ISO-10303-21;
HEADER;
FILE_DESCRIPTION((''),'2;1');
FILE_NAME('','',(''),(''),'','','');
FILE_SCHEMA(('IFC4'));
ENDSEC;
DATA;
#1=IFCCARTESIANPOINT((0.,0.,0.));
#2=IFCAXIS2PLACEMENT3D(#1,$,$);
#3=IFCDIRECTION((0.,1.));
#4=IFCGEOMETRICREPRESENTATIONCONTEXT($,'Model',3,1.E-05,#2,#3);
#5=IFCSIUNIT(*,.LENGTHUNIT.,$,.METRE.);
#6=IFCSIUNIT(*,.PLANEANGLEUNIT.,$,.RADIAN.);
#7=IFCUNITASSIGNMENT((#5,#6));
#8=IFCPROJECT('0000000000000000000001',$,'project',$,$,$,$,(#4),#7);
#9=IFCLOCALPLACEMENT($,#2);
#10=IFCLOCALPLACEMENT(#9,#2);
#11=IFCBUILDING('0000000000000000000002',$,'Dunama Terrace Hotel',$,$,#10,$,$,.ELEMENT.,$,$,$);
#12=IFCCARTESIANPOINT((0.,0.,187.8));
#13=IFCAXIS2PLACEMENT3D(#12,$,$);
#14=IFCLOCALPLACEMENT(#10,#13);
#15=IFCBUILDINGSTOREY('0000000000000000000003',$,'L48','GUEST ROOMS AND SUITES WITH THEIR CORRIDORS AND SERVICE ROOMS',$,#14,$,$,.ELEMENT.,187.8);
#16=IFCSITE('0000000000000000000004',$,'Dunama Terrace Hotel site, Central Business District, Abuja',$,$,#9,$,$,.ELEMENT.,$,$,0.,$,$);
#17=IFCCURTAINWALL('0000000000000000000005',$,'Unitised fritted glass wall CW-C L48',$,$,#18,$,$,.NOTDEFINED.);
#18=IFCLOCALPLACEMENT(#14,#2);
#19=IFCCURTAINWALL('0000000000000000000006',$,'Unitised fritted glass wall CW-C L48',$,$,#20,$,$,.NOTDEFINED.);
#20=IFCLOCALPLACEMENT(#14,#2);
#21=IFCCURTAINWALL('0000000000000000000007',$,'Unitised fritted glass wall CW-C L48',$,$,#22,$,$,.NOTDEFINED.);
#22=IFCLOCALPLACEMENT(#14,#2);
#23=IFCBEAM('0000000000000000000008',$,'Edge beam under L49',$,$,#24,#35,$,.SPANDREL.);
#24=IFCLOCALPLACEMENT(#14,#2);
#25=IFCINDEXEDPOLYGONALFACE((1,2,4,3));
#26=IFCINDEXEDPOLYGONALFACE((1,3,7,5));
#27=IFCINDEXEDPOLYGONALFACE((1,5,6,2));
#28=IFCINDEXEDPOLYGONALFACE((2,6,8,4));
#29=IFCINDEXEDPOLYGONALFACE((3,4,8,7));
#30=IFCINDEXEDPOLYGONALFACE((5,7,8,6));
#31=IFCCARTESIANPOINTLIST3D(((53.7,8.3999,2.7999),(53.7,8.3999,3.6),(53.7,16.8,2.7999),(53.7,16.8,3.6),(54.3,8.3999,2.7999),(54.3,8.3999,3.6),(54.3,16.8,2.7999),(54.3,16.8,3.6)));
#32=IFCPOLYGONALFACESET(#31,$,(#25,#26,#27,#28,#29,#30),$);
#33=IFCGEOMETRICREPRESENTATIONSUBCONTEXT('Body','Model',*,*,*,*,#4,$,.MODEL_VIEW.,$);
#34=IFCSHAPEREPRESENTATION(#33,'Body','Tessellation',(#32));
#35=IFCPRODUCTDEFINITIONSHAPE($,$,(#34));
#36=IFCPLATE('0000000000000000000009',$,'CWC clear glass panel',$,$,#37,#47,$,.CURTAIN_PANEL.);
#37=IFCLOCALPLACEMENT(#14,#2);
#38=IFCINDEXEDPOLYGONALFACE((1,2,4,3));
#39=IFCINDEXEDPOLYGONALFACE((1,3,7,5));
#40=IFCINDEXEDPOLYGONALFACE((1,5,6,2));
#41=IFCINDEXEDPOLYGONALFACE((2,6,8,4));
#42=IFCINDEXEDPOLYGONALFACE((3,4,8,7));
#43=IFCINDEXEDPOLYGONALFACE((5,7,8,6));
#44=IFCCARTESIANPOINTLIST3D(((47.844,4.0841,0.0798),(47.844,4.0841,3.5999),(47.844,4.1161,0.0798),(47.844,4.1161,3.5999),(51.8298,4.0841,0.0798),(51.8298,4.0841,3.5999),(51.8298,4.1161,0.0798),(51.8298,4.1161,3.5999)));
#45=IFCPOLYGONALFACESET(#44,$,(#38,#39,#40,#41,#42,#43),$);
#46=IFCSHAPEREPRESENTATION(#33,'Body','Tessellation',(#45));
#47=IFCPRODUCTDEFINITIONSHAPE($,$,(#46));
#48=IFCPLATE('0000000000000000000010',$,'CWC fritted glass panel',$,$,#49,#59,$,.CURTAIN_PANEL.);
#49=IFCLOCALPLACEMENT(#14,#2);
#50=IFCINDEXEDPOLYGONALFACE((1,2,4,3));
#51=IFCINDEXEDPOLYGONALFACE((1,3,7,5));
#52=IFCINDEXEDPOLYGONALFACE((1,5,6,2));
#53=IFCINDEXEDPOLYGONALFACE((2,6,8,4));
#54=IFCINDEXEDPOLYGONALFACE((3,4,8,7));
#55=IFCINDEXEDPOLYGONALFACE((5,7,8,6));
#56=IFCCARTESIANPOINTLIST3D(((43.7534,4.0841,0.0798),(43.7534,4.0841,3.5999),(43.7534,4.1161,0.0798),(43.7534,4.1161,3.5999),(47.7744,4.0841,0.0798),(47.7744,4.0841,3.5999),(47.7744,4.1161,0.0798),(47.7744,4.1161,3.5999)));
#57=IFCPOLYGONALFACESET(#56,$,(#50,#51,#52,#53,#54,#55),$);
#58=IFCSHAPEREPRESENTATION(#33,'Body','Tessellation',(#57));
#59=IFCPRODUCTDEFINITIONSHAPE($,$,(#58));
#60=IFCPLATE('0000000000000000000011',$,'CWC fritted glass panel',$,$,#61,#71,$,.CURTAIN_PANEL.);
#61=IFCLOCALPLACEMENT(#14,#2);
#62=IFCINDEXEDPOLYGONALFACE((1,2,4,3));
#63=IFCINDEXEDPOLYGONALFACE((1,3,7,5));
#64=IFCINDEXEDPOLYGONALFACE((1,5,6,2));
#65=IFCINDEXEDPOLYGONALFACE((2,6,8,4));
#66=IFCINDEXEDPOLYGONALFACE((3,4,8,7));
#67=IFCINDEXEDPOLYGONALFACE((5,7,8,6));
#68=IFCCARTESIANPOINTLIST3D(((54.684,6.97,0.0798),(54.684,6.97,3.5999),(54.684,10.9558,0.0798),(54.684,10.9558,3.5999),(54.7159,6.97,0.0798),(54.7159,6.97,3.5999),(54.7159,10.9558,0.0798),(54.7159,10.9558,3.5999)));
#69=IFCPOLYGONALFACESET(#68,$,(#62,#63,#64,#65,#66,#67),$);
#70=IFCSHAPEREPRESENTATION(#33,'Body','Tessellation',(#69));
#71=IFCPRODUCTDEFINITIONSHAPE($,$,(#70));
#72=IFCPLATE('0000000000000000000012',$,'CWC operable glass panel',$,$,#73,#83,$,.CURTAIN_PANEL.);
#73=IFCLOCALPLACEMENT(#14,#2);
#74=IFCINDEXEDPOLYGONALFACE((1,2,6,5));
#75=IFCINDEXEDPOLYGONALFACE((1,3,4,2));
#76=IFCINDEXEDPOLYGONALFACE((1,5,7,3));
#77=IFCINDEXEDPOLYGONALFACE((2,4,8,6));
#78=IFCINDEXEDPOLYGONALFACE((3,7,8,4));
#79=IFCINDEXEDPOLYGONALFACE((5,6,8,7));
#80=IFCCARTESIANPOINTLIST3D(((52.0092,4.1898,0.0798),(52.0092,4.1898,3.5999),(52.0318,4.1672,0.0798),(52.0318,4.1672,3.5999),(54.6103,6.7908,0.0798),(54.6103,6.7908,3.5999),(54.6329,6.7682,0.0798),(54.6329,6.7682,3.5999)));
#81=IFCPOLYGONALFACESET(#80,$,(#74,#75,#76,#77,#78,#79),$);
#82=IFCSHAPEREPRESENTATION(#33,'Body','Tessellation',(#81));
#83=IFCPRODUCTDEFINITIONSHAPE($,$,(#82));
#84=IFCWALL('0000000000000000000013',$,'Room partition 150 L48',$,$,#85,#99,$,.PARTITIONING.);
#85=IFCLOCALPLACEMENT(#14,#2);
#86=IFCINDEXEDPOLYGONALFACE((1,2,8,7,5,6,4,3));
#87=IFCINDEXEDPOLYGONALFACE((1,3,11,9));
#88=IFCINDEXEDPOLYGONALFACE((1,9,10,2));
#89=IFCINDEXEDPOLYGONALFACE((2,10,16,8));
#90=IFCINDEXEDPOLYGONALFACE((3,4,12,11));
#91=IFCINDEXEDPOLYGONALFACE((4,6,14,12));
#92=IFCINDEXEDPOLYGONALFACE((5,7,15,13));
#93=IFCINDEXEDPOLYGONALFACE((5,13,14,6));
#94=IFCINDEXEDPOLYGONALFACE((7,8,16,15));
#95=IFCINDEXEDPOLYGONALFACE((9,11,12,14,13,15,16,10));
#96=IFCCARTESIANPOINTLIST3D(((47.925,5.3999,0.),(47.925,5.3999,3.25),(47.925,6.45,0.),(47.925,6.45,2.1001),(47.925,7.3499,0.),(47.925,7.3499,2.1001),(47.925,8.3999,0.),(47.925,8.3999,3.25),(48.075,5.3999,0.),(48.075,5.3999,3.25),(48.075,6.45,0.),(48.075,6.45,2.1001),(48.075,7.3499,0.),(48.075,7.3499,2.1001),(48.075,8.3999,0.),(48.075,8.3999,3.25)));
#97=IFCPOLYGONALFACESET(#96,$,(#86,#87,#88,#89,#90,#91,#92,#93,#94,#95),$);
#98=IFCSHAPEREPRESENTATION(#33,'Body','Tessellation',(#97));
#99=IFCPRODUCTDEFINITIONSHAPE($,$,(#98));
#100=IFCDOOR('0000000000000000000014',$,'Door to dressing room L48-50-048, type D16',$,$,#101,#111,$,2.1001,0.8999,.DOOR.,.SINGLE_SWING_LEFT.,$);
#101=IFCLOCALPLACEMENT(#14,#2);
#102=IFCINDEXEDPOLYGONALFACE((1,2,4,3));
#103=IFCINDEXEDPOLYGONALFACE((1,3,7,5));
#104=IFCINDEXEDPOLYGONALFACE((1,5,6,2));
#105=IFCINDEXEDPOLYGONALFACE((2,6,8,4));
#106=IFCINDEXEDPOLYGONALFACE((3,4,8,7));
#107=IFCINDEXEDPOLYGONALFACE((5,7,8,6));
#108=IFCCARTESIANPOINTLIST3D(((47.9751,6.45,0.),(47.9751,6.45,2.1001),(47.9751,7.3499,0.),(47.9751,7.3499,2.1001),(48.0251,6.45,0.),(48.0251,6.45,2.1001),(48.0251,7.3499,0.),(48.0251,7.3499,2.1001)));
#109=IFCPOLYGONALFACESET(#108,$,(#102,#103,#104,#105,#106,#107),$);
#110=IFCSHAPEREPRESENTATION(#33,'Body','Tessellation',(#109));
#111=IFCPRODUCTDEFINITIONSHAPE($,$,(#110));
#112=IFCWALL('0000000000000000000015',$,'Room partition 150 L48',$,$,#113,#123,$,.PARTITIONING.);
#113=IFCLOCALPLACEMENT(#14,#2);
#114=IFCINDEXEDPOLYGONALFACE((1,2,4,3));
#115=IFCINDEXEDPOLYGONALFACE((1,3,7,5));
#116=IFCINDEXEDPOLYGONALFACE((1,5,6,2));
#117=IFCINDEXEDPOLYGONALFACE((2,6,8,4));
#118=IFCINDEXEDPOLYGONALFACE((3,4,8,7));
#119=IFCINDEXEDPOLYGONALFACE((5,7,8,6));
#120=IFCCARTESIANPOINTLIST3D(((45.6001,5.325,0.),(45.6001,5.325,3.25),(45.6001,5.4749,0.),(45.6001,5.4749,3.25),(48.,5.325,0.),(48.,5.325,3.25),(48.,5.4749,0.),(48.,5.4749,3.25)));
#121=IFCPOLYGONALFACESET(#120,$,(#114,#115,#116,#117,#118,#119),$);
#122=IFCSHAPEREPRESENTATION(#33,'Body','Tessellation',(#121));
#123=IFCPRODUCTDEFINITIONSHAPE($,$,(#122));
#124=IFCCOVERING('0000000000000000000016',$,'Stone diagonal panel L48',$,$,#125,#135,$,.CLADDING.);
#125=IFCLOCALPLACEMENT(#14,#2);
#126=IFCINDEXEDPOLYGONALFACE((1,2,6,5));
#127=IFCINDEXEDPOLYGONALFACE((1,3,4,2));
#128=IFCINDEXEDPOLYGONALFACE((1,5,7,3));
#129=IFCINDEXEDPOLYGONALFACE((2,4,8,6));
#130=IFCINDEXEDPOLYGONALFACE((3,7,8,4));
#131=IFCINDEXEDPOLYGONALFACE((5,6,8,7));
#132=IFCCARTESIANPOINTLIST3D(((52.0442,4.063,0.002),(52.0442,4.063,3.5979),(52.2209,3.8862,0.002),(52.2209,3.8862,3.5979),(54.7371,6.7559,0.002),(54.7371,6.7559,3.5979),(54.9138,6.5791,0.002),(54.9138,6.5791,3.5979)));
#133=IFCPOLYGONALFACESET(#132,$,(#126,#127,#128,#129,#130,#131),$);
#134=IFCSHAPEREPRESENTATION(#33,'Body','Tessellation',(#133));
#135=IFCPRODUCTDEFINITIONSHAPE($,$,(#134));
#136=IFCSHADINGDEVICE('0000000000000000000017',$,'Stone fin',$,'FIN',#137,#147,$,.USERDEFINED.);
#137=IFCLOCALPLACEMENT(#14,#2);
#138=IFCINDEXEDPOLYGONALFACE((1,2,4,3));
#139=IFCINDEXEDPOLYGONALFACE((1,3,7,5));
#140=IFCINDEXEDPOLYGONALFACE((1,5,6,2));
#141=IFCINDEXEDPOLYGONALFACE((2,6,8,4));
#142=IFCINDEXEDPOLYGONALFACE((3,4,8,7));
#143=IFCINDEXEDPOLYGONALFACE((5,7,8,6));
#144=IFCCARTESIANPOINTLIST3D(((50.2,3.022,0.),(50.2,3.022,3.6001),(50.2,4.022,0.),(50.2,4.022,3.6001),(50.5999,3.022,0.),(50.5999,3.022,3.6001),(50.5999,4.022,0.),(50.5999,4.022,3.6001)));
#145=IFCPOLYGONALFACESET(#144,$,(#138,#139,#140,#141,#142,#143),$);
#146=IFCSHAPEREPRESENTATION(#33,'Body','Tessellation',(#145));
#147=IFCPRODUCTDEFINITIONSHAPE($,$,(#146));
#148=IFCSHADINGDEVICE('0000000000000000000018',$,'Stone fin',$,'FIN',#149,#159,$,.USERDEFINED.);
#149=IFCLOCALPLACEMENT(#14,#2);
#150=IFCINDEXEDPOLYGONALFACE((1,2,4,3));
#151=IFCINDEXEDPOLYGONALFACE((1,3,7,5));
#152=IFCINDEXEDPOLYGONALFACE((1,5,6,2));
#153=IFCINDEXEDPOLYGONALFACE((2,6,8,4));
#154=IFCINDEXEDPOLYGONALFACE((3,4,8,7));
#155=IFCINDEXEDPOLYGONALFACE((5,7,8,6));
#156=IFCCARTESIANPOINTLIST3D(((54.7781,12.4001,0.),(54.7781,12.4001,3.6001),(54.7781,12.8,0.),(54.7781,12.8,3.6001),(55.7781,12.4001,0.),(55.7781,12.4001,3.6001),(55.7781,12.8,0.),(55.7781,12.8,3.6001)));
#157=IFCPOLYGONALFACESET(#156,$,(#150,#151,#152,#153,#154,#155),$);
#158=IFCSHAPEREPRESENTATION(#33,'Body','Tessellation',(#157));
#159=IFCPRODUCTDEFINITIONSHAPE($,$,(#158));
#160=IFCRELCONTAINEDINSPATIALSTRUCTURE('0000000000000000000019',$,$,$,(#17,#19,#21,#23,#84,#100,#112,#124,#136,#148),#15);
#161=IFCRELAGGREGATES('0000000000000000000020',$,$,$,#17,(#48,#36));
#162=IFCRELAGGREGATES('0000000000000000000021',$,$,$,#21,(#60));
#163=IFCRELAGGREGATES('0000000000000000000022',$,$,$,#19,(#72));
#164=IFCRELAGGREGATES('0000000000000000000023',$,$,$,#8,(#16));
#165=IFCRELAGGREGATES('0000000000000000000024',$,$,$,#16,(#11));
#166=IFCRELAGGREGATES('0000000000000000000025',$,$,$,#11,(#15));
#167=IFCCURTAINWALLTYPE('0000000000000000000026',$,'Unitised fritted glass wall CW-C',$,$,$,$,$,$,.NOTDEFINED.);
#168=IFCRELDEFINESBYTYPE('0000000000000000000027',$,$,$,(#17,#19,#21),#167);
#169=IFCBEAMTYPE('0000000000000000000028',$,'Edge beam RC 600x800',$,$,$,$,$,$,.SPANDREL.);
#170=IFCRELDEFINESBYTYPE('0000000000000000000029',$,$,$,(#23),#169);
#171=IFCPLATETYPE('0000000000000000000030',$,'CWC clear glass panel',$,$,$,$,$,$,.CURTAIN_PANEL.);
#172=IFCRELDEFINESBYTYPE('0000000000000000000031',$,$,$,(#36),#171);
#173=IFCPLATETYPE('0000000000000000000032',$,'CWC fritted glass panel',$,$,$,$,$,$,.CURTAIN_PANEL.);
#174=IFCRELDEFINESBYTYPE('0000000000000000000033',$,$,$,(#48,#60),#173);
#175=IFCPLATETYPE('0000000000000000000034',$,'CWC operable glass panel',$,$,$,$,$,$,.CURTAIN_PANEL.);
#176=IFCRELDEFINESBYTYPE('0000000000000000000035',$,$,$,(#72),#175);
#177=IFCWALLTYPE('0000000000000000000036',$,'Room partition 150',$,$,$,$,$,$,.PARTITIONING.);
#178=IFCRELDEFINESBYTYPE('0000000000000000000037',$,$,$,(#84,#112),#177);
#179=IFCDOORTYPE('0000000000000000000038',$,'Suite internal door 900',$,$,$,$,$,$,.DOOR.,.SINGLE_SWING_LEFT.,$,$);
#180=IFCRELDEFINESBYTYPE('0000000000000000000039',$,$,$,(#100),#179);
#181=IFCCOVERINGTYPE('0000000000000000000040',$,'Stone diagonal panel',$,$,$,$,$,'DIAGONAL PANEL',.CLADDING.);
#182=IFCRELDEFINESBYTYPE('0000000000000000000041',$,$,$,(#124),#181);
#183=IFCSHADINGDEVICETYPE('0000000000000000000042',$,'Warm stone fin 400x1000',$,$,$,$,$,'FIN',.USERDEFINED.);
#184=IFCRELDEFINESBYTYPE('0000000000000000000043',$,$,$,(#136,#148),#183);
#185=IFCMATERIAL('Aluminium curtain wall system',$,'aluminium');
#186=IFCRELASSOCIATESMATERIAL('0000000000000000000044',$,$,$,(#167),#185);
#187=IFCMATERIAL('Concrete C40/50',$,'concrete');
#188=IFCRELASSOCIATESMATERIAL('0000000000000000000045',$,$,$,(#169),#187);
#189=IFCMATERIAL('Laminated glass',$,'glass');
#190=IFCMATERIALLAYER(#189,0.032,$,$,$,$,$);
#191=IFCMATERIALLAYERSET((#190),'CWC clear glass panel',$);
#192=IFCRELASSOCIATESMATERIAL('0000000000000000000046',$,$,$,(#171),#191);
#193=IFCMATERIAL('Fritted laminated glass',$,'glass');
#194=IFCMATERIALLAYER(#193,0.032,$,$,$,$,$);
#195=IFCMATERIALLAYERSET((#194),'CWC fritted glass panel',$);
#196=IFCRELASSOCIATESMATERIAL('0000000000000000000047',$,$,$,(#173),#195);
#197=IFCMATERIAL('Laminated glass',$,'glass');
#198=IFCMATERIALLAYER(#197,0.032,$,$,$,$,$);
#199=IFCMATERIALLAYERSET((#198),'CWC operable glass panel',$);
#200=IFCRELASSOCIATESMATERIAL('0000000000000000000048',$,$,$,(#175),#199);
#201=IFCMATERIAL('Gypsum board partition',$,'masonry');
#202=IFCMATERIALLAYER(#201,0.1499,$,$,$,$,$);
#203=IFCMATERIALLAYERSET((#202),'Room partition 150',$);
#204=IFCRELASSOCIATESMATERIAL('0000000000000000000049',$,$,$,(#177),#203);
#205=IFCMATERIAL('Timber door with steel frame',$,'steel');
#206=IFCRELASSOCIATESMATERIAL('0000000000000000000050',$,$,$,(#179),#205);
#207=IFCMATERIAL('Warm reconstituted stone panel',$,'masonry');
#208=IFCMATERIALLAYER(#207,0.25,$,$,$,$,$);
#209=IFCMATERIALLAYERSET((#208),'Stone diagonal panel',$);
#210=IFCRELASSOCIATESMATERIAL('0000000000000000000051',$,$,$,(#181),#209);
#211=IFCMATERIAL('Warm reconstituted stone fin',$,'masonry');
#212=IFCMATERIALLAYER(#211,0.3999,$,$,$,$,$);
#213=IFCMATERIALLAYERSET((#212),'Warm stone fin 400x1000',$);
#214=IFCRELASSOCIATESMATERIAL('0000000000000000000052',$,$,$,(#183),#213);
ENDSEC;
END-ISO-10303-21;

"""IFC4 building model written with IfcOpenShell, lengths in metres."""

from ifc_helpers import new_model, si_unit, direction, frame, frame_2d, origin, origin_2d, place, context, subcontext, project, spatial, rectangle, extrude, material, layer, layer_set, material_profile, profile_set, type_object, element, fill, aggregate, save


model = new_model("IFC4")

# Units and contexts
model_context = context("Model", 3, precision=1e-05, world=origin(), true_north=direction((0.0, 1.0)))
body_context = subcontext(model_context, "Body", "Model", "MODEL_VIEW")
ifc_project = project(units=[si_unit("LENGTHUNIT", "METRE"), si_unit("PLANEANGLEUNIT", "RADIAN")], contexts=[model_context])

# Site, building, storey
site_placement = place(None, origin())
site = spatial("IfcSite", under=ifc_project, at=site_placement, Name="Dunama Terrace Hotel site, Central Business District, Abuja", CompositionType="ELEMENT", RefElevation=0.0)
building_placement = place(site_placement, origin())
building = spatial("IfcBuilding", under=site, at=building_placement, Name="Dunama Terrace Hotel", CompositionType="ELEMENT")
storey_placement = place(building_placement, frame((0.0, 0.0, 187.8)))
storey = spatial("IfcBuildingStorey", under=building, at=storey_placement, Name="L48", Description="GUEST ROOMS AND SUITES WITH THEIR CORRIDORS AND SERVICE ROOMS", CompositionType="ELEMENT", Elevation=187.8)

# Curtain walls
ifc_material_1 = material(Name="Aluminium curtain wall system", Category="aluminium")
curtain_wall_type = type_object("IfcCurtainWallType", Name="Unitised fritted glass wall CW-C", PredefinedType="NOTDEFINED", material=ifc_material_1)
curtain_wall_1_placement = place(storey_placement, origin())
curtain_wall_1 = element("IfcCurtainWall", 1, at=curtain_wall_1_placement, inside=storey, type_object=curtain_wall_type, Name="Unitised fritted glass wall CW-C L48", PredefinedType="NOTDEFINED")
curtain_wall_2_placement = place(storey_placement, origin())
curtain_wall_2 = element("IfcCurtainWall", 2, at=curtain_wall_2_placement, inside=storey, type_object=curtain_wall_type, Name="Unitised fritted glass wall CW-C L48", PredefinedType="NOTDEFINED")
curtain_wall_3_placement = place(storey_placement, origin())
curtain_wall_3 = element("IfcCurtainWall", 3, at=curtain_wall_3_placement, inside=storey, type_object=curtain_wall_type, Name="Unitised fritted glass wall CW-C L48", PredefinedType="NOTDEFINED")

# Beam
ifc_material_2 = material(Name="Concrete C40/50", Category="concrete")
ifc_material_profile_1 = material_profile(ifc_material_2, rectangle(XDim=0.6001, YDim=0.8, at=origin_2d()), Name="RC 600x800")
ifc_profile_set_1 = profile_set([ifc_material_profile_1], Name="Concrete C40/50")
beam_type_1 = type_object("IfcBeamType", Name="Edge beam RC 600x800", PredefinedType="SPANDREL", material=ifc_profile_set_1)
beam_1_placement = place(storey_placement, frame((54.0, 8.3999, 3.2), z_axis=(0.0, 1.0, 0.0), x_axis=(-1.0, 0.0, 0.0)))
element("IfcBeam", 4, at=beam_1_placement, inside=storey, type_object=beam_type_1, Name="Edge beam under L49", PredefinedType="SPANDREL", context=body_context, shape_type="SweptSolid", body=[
    extrude(rectangle(XDim=0.6001, YDim=0.8, at=origin_2d()), origin(), (0.0, 0.0, 1.0), 8.4001),
])

# Plates
ifc_material_3 = material(Name="Laminated glass", Category="glass")
ifc_layer_1 = layer(ifc_material_3, 0.032)
ifc_layer_set_1 = layer_set([ifc_layer_1], Name="CWC clear glass panel")
plate_type_1 = type_object("IfcPlateType", Name="CWC clear glass panel", PredefinedType="CURTAIN_PANEL", material=ifc_layer_set_1)
plate_1_placement = place(storey_placement, frame((49.8369, 4.1001, 0.0798), z_axis=(0.0, 0.0, 1.0), x_axis=(1.0, 0.0, 0.0)))
plate_1 = element("IfcPlate", 5, at=plate_1_placement, type_object=plate_type_1, Name="CWC clear glass panel", PredefinedType="CURTAIN_PANEL", context=body_context, shape_type="SweptSolid", body=[
    extrude(rectangle(XDim=3.9858, YDim=0.032, at=origin_2d()), origin(), (0.0, 0.0, 1.0), 3.52),
])
ifc_material_4 = material(Name="Fritted laminated glass", Category="glass")
ifc_layer_2 = layer(ifc_material_4, 0.032)
ifc_layer_set_2 = layer_set([ifc_layer_2], Name="CWC fritted glass panel")
plate_type_2 = type_object("IfcPlateType", Name="CWC fritted glass panel", PredefinedType="CURTAIN_PANEL", material=ifc_layer_set_2)
plate_2_placement = place(storey_placement, frame((45.7639, 4.1001, 0.0798), z_axis=(0.0, 0.0, 1.0), x_axis=(1.0, 0.0, 0.0)))
plate_2 = element("IfcPlate", 6, at=plate_2_placement, type_object=plate_type_2, Name="CWC fritted glass panel", PredefinedType="CURTAIN_PANEL", context=body_context, shape_type="SweptSolid", body=[
    extrude(rectangle(XDim=4.021, YDim=0.032, at=origin_2d()), origin(), (0.0, 0.0, 1.0), 3.52),
])
aggregate(curtain_wall_1, [plate_2, plate_1])
plate_3_placement = place(storey_placement, frame((54.7, 8.9629, 0.0798), z_axis=(0.0, 0.0, 1.0), x_axis=(0.0, 1.0, 0.0)))
plate_3 = element("IfcPlate", 7, at=plate_3_placement, type_object=plate_type_2, Name="CWC fritted glass panel", PredefinedType="CURTAIN_PANEL", context=body_context, shape_type="SweptSolid", body=[
    extrude(rectangle(XDim=3.9858, YDim=0.032, at=origin_2d()), origin(), (0.0, 0.0, 1.0), 3.52),
])
aggregate(curtain_wall_3, [plate_3])
ifc_material_5 = material(Name="Laminated glass", Category="glass")
ifc_layer_3 = layer(ifc_material_5, 0.032)
ifc_layer_set_3 = layer_set([ifc_layer_3], Name="CWC operable glass panel")
plate_type_3 = type_object("IfcPlateType", Name="CWC operable glass panel", PredefinedType="CURTAIN_PANEL", material=ifc_layer_set_3)
plate_4_placement = place(storey_placement, frame((53.321, 5.479, 0.0798), z_axis=(0.0, 0.0, 1.0), x_axis=(0.707107, 0.707107, 0.0)))
plate_4 = element("IfcPlate", 8, at=plate_4_placement, type_object=plate_type_3, Name="CWC operable glass panel", PredefinedType="CURTAIN_PANEL", context=body_context, shape_type="SweptSolid", body=[
    extrude(rectangle(XDim=3.6785, YDim=0.032, at=origin_2d()), origin(), (0.0, 0.0, 1.0), 3.52),
])
aggregate(curtain_wall_2, [plate_4])

# Wall, opening, door
ifc_material_6 = material(Name="Gypsum board partition", Category="masonry")
ifc_layer_4 = layer(ifc_material_6, 0.1499)
ifc_layer_set_4 = layer_set([ifc_layer_4], Name="Room partition 150")
wall_type = type_object("IfcWallType", Name="Room partition 150", PredefinedType="PARTITIONING", material=ifc_layer_set_4)
wall_1_placement = place(storey_placement, frame((48.0, 5.3999, 0.0), z_axis=(0.0, 0.0, 1.0), x_axis=(0.0, 1.0, 0.0)))
wall_1 = element("IfcWall", 9, at=wall_1_placement, inside=storey, type_object=wall_type, Name="Room partition 150 L48", PredefinedType="PARTITIONING", context=body_context, shape_type="SweptSolid", body=[
    extrude(rectangle(XDim=3.0, YDim=0.1499, at=frame_2d((1.5, 0.0))), origin(), (0.0, 0.0, 1.0), 3.25),
])
opening_placement = place(wall_1_placement, frame((1.05, 0.0, 0.0)))
opening = element("IfcOpeningElement", 10, at=opening_placement, cuts=wall_1, PredefinedType="OPENING", context=body_context, shape_type="SweptSolid", body=[
    extrude(rectangle(XDim=0.8999, YDim=2.1001, at=frame_2d((0.45, 1.05))), frame((0.0, 0.085, 0.0), z_axis=(0.0, -1.0, 0.0), x_axis=(1.0, 0.0, 0.0)), (0.0, 0.0, 1.0), 0.1699),
])
ifc_material_7 = material(Name="Timber door with steel frame", Category="steel")
door_type = type_object("IfcDoorType", Name="Suite internal door 900", OperationType="SINGLE_SWING_LEFT", PredefinedType="DOOR", material=ifc_material_7)
door_placement = place(opening_placement, origin())
door = element("IfcDoor", 11, at=door_placement, inside=storey, type_object=door_type, Name="Door to dressing room L48-50-048, type D16", OperationType="SINGLE_SWING_LEFT", OverallHeight=2.1001, OverallWidth=0.8999, PredefinedType="DOOR", context=body_context, shape_type="SweptSolid", body=[
    extrude(rectangle(XDim=0.8999, YDim=2.1001, at=frame_2d((0.45, 1.05))), frame((0.0, 0.0249, 0.0), z_axis=(0.0, -1.0, 0.0), x_axis=(1.0, 0.0, 0.0)), (0.0, 0.0, 1.0), 0.05),
])
fill(opening, door)

# Wall
wall_2_placement = place(storey_placement, frame((45.6001, 5.3999, 0.0), z_axis=(0.0, 0.0, 1.0), x_axis=(1.0, 0.0, 0.0)))
element("IfcWall", 12, at=wall_2_placement, inside=storey, type_object=wall_type, Name="Room partition 150 L48", PredefinedType="PARTITIONING", context=body_context, shape_type="SweptSolid", body=[
    extrude(rectangle(XDim=2.3999, YDim=0.1499, at=frame_2d((1.2, 0.0))), origin(), (0.0, 0.0, 1.0), 3.25),
])

# Covering
ifc_material_8 = material(Name="Warm reconstituted stone panel", Category="masonry")
ifc_layer_5 = layer(ifc_material_8, 0.25)
ifc_layer_set_5 = layer_set([ifc_layer_5], Name="Stone diagonal panel")
covering_type = type_object("IfcCoveringType", Name="Stone diagonal panel", ElementType="DIAGONAL PANEL", PredefinedType="CLADDING", material=ifc_layer_set_5)
covering_placement = place(storey_placement, frame((53.479, 5.321, 0.002), z_axis=(0.0, 0.0, 1.0), x_axis=(0.707107, 0.707107, 0.0)))
element("IfcCovering", 13, at=covering_placement, inside=storey, type_object=covering_type, Name="Stone diagonal panel L48", PredefinedType="CLADDING", context=body_context, shape_type="SweptSolid", body=[
    extrude(rectangle(XDim=3.8083, YDim=0.25, at=origin_2d()), origin(), (0.0, 0.0, 1.0), 3.5959),
])

# Shading devices
ifc_material_9 = material(Name="Warm reconstituted stone fin", Category="masonry")
ifc_layer_6 = layer(ifc_material_9, 0.3999)
ifc_layer_set_6 = layer_set([ifc_layer_6], Name="Warm stone fin 400x1000")
shading_device_type = type_object("IfcShadingDeviceType", Name="Warm stone fin 400x1000", ElementType="FIN", PredefinedType="USERDEFINED", material=ifc_layer_set_6)
for number, where, z_axis, x_axis, name in (
    (14, (50.3999, 3.522, 0.0), (0.0, 0.0, 1.0), (1.0, 0.0, 0.0), "Stone fin"),
    (15, (55.2781, 12.6001, 0.0), (0.0, 0.0, 1.0), (0.0, 1.0, 0.0), "Stone fin"),
):
    element("IfcShadingDevice", number, at=place(storey_placement, frame(where, z_axis=z_axis, x_axis=x_axis)), inside=storey, type_object=shading_device_type, Name=name, ObjectType="FIN", PredefinedType="USERDEFINED", context=body_context, shape_type="SweptSolid", body=[
        extrude(rectangle(XDim=0.3999, YDim=1.0, at=origin_2d()), origin(), (0.0, 0.0, 1.0), 3.6001),
    ])

save(model, "model.ifc")
